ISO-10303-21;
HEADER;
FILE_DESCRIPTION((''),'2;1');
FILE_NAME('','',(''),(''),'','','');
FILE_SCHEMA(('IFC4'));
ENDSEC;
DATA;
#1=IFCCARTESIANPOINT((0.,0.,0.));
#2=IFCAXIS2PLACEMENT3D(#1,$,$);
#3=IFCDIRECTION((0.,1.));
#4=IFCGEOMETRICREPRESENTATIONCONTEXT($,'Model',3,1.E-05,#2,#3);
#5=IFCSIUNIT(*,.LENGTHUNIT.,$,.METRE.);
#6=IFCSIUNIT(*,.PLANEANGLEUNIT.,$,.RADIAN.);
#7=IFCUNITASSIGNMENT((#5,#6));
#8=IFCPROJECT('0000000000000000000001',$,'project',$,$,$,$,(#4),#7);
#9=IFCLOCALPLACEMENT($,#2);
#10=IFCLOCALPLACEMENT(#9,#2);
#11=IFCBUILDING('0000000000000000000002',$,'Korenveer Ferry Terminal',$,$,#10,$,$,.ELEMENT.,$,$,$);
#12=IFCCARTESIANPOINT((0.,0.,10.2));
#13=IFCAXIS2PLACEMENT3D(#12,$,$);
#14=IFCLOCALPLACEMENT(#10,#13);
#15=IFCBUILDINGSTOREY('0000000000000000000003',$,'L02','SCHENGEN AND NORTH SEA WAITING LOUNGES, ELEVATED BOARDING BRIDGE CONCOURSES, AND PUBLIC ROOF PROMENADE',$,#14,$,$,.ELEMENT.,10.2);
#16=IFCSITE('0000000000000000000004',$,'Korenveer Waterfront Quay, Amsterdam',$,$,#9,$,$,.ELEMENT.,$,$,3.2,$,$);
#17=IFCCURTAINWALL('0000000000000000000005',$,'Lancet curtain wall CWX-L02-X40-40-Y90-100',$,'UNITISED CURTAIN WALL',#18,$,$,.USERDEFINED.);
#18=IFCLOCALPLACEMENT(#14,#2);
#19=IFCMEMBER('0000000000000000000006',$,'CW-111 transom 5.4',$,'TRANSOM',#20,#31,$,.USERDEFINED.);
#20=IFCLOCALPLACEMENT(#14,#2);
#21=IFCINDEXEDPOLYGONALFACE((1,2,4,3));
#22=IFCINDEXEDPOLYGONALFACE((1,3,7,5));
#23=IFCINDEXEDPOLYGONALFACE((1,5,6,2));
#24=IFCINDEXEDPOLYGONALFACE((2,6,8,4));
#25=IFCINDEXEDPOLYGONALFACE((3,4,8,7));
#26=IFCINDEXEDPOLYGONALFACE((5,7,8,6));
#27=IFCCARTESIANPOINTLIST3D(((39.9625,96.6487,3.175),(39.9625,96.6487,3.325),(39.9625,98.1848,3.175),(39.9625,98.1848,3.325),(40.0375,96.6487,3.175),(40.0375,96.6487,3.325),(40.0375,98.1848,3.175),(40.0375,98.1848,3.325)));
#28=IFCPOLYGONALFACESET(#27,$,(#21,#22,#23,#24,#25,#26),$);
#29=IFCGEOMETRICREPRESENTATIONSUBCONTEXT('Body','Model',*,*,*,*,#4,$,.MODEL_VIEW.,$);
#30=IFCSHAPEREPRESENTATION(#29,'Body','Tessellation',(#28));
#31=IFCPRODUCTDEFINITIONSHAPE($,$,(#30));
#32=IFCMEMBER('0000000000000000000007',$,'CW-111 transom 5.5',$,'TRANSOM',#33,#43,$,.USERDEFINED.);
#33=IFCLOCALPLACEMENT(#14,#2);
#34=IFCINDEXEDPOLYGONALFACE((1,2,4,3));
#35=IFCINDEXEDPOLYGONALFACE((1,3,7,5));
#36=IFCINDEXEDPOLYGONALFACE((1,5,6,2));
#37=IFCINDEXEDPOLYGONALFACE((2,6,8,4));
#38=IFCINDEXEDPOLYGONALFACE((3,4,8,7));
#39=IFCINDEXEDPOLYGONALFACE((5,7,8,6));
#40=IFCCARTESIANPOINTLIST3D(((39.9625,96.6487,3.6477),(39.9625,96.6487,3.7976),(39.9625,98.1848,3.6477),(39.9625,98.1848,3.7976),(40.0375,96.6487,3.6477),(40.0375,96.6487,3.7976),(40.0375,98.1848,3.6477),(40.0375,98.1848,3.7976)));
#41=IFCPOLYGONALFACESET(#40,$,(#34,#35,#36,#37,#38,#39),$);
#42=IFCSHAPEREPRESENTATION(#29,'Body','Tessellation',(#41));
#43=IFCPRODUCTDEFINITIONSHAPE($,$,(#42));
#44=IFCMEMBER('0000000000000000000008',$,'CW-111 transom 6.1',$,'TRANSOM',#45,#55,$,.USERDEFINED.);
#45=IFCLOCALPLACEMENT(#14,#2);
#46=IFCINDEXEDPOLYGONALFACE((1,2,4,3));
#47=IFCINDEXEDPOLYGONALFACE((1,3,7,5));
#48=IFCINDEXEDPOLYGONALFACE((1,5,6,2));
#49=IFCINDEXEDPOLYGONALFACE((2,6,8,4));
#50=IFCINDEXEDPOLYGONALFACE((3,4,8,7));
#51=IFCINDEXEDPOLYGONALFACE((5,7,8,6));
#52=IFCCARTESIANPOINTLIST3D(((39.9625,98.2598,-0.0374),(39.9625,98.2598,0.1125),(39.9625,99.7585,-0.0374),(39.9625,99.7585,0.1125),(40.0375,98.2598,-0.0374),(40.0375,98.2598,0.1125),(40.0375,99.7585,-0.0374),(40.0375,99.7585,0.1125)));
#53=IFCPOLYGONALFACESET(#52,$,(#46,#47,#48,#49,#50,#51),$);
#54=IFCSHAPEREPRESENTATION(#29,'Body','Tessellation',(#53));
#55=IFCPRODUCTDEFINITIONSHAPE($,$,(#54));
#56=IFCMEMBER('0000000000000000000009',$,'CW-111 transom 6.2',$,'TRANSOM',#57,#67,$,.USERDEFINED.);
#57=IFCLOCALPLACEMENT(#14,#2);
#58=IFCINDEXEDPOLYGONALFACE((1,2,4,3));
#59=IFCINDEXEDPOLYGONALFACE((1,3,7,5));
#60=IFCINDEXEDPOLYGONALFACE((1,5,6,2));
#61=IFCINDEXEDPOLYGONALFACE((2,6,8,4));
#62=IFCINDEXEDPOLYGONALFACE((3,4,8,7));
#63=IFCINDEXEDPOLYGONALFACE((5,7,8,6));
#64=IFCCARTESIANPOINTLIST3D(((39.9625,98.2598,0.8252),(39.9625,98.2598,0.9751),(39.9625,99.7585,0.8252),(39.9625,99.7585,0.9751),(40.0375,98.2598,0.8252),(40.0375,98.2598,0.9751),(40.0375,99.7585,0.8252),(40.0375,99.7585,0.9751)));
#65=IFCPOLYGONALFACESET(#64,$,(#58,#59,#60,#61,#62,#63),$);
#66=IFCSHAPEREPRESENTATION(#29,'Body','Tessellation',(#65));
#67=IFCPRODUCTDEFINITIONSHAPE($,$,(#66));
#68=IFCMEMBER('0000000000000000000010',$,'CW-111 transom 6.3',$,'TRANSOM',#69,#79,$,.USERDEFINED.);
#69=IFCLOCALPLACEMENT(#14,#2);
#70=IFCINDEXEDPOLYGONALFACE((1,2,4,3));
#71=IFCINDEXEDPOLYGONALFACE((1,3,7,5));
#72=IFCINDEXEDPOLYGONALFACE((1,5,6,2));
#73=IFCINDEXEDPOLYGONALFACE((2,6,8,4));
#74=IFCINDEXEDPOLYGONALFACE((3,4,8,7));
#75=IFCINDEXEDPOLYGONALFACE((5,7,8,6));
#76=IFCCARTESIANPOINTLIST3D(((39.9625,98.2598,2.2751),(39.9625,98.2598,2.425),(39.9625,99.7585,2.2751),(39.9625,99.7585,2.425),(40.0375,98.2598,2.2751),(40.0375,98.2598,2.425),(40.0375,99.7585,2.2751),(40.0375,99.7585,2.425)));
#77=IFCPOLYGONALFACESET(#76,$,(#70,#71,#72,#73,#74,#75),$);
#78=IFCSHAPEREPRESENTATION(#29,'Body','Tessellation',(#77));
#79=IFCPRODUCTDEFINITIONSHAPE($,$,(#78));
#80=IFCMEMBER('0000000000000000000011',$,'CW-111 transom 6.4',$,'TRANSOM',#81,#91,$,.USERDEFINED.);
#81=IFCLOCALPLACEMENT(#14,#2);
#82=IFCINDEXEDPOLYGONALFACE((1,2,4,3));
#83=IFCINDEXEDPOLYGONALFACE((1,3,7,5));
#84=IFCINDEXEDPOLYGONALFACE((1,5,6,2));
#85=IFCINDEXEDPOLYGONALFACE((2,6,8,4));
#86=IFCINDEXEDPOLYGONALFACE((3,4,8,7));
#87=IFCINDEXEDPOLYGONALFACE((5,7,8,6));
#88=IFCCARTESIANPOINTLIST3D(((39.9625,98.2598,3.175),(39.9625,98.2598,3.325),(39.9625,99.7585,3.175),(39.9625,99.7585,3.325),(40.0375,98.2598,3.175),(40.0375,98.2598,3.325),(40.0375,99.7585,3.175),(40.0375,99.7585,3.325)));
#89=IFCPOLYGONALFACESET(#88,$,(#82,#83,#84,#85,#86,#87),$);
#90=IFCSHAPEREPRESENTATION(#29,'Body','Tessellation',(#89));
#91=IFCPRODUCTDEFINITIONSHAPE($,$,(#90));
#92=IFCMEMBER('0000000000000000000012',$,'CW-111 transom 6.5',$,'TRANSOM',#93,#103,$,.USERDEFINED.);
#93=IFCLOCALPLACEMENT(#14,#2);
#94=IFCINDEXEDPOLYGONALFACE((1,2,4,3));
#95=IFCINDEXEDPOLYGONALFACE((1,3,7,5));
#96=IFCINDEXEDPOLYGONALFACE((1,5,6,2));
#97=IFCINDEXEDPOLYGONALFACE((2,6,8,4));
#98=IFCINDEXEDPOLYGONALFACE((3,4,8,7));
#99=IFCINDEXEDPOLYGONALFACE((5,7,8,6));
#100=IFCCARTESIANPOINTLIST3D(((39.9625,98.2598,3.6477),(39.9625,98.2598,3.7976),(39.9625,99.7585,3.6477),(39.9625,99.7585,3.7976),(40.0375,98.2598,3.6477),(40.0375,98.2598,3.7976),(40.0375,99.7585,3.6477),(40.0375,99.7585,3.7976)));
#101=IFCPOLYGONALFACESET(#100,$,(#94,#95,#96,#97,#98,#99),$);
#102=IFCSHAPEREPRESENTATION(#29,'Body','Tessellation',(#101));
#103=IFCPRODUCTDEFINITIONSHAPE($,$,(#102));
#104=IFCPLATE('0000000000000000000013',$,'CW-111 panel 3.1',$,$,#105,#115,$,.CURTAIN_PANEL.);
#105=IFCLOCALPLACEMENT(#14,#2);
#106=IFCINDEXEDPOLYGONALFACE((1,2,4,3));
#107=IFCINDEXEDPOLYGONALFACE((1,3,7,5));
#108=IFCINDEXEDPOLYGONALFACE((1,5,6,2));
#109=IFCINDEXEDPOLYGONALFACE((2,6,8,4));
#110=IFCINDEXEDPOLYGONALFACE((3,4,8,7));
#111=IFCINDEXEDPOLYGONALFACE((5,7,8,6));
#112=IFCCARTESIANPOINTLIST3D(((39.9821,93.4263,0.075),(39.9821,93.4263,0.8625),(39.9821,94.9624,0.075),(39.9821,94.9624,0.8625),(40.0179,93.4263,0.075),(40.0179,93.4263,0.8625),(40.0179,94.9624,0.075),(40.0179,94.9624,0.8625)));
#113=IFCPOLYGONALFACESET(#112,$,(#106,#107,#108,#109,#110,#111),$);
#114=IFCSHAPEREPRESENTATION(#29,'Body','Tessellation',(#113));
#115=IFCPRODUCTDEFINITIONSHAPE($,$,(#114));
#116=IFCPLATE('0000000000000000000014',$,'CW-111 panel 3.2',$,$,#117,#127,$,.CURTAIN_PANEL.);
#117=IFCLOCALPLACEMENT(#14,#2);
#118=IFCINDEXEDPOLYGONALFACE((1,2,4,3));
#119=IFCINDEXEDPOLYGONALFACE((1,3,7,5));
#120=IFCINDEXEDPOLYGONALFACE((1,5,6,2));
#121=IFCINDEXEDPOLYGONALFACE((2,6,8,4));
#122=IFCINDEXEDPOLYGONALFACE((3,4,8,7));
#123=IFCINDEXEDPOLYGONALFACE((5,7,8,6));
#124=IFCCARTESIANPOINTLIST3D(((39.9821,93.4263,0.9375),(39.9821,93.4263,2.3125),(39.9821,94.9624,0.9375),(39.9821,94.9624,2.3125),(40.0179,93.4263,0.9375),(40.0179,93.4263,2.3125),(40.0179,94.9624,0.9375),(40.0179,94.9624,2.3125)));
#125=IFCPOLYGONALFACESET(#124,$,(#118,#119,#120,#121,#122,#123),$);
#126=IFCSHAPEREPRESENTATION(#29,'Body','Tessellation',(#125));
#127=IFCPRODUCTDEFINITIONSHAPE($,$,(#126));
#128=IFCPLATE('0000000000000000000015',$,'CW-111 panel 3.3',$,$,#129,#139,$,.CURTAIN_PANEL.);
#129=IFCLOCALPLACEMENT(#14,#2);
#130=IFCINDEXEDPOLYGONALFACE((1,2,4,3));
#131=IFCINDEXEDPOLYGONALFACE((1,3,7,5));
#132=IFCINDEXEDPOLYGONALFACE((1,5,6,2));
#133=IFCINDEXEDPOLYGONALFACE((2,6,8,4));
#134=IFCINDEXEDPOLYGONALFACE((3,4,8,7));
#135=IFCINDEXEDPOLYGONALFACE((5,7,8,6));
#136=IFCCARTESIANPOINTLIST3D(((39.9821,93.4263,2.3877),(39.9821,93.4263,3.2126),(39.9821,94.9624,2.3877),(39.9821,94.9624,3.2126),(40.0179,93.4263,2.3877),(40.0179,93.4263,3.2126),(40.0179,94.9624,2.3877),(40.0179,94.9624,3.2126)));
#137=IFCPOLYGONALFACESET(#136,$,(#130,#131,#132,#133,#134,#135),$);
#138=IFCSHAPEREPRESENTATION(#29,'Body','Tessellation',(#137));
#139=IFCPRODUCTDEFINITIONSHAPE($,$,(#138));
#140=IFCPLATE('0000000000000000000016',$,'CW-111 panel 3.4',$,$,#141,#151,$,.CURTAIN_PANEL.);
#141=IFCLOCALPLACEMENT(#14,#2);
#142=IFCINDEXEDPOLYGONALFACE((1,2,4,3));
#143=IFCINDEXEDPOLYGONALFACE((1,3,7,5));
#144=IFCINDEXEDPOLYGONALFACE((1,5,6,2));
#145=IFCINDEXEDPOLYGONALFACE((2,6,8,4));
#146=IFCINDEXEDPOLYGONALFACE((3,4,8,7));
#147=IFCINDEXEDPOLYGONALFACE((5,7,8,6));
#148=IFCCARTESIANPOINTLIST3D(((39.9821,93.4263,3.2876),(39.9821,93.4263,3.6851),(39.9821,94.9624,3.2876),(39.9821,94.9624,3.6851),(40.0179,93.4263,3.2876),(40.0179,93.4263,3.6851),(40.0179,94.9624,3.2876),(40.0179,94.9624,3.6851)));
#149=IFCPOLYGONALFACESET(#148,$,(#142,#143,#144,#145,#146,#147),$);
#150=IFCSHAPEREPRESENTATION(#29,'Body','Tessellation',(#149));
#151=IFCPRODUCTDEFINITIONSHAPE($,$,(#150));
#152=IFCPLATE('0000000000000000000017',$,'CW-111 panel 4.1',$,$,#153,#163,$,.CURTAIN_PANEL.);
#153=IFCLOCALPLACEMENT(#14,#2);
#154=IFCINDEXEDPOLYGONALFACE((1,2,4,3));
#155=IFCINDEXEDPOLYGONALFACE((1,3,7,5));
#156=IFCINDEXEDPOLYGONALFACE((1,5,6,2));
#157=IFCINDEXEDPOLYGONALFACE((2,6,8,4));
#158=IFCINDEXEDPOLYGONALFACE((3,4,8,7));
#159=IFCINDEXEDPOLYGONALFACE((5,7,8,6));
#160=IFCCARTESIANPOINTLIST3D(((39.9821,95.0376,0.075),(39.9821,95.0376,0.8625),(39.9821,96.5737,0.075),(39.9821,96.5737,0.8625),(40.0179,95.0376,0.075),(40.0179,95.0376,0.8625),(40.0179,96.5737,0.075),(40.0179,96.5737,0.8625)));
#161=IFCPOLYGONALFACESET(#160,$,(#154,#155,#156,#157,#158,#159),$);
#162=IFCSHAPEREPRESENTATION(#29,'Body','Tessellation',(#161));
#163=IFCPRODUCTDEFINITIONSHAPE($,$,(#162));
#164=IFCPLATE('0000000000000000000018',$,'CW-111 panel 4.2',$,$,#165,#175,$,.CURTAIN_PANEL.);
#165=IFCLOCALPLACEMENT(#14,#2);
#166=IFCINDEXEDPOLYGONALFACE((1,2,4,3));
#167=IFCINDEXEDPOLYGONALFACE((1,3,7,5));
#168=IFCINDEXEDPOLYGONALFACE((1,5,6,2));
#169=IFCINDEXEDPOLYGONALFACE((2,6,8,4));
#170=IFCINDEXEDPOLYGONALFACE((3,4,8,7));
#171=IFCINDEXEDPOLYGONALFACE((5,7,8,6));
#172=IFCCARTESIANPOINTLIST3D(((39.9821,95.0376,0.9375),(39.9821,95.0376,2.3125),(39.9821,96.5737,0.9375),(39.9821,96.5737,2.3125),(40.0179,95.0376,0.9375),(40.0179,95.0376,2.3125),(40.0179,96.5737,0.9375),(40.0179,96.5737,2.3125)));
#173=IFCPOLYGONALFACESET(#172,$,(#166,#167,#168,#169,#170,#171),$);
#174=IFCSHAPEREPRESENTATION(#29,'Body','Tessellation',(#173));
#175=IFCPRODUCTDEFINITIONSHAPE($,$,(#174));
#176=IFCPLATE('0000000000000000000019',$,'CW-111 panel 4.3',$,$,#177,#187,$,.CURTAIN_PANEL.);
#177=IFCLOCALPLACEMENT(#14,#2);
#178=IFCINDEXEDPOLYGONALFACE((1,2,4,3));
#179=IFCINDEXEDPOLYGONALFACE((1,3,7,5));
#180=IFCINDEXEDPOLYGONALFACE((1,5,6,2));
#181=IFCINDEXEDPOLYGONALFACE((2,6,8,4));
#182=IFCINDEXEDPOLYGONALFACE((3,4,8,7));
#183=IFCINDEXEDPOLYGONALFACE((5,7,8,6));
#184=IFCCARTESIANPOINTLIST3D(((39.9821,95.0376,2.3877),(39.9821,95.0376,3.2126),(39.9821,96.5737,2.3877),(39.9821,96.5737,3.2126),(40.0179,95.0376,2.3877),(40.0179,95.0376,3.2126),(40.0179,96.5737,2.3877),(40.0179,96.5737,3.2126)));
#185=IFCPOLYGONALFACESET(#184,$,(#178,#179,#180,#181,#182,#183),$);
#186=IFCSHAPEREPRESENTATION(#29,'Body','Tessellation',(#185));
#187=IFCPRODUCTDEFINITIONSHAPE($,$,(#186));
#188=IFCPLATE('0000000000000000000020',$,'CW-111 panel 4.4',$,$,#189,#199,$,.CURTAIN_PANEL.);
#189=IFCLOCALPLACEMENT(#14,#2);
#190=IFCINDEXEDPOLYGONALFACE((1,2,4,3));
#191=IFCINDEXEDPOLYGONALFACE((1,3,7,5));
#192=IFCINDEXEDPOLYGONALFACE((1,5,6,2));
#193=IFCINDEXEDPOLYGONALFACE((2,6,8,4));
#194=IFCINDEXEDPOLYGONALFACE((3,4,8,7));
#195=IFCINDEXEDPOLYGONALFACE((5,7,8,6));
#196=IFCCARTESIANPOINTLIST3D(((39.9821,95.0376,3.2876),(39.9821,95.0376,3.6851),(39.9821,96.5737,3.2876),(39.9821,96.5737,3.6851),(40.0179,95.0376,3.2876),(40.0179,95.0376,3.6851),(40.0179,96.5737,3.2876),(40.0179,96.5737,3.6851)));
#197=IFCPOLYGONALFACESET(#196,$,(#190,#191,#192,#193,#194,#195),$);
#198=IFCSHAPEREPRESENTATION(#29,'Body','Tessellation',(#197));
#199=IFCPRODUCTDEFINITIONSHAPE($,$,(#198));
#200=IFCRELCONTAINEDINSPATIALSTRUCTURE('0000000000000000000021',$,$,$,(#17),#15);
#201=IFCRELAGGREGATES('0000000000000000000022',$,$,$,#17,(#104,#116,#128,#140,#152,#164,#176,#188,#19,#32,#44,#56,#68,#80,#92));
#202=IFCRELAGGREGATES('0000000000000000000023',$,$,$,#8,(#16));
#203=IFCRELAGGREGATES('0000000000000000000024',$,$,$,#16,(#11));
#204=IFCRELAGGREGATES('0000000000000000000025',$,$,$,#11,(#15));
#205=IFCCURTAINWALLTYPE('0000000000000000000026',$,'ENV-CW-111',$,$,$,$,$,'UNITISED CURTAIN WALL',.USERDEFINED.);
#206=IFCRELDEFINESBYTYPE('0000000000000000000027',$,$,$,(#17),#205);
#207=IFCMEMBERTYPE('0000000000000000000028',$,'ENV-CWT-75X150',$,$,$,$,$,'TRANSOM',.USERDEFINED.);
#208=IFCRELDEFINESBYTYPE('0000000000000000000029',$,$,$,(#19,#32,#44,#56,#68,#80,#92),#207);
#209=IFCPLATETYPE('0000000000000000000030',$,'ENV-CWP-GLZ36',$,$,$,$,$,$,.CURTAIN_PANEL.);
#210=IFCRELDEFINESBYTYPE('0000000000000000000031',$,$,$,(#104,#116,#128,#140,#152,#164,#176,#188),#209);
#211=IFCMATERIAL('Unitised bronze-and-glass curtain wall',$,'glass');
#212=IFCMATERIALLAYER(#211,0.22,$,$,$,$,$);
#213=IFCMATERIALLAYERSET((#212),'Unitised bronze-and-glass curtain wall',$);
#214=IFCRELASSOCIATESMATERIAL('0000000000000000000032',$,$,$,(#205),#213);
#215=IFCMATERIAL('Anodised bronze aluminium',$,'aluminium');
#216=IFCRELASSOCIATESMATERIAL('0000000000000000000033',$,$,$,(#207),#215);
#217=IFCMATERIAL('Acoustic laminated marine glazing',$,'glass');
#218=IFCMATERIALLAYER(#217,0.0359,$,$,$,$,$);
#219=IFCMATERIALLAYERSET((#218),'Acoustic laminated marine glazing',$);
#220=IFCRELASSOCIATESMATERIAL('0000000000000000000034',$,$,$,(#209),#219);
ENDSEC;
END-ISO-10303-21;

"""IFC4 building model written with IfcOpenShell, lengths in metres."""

from ifc_helpers import new_model, si_unit, direction, frame, origin, origin_2d, place, context, subcontext, project, spatial, rectangle, extrude, material, layer, layer_set, material_profile, profile_set, type_object, element, aggregate, save


model = new_model("IFC4")

# Units and contexts
model_context = context("Model", 3, precision=1e-05, world=origin(), true_north=direction((0.0, 1.0)))
body_context = subcontext(model_context, "Body", "Model", "MODEL_VIEW")
ifc_project = project(units=[si_unit("LENGTHUNIT", "METRE"), si_unit("PLANEANGLEUNIT", "RADIAN")], contexts=[model_context])

# Site, building, storey
site_placement = place(None, origin())
site = spatial("IfcSite", under=ifc_project, at=site_placement, Name="Korenveer Waterfront Quay, Amsterdam", CompositionType="ELEMENT", RefElevation=3.2)
building_placement = place(site_placement, origin())
building = spatial("IfcBuilding", under=site, at=building_placement, Name="Korenveer Ferry Terminal", CompositionType="ELEMENT")
storey_placement = place(building_placement, frame((0.0, 0.0, 10.2)))
storey = spatial("IfcBuildingStorey", under=building, at=storey_placement, Name="L02", Description="SCHENGEN AND NORTH SEA WAITING LOUNGES, ELEVATED BOARDING BRIDGE CONCOURSES, AND PUBLIC ROOF PROMENADE", CompositionType="ELEMENT", Elevation=10.2)

# Curtain wall, members, plates
ifc_material_1 = material(Name="Unitised bronze-and-glass curtain wall", Category="glass")
ifc_layer_1 = layer(ifc_material_1, 0.22)
ifc_layer_set_1 = layer_set([ifc_layer_1], Name="Unitised bronze-and-glass curtain wall")
curtain_wall_type = type_object("IfcCurtainWallType", Name="ENV-CW-111", ElementType="UNITISED CURTAIN WALL", PredefinedType="USERDEFINED", material=ifc_layer_set_1)
curtain_wall_placement = place(storey_placement, frame((40.0, 90.1665, 0.0)))
curtain_wall = element("IfcCurtainWall", 1, at=curtain_wall_placement, inside=storey, type_object=curtain_wall_type, Name="Lancet curtain wall CWX-L02-X40-40-Y90-100", ObjectType="UNITISED CURTAIN WALL", PredefinedType="USERDEFINED")
ifc_material_2 = material(Name="Anodised bronze aluminium", Category="aluminium")
ifc_material_profile_1 = material_profile(ifc_material_2, rectangle(XDim=0.075, YDim=0.1499, at=origin_2d()), Name="ALU 75x150")
ifc_profile_set_1 = profile_set([ifc_material_profile_1], Name="Anodised bronze aluminium")
member_type_1 = type_object("IfcMemberType", Name="ENV-CWT-75X150", ElementType="TRANSOM", PredefinedType="USERDEFINED", material=ifc_profile_set_1)
member_1_placement = place(storey_placement, frame((40.0, 96.6487, 3.25), z_axis=(0.0, 1.0, 0.0), x_axis=(-1.0, 0.0, 0.0)))
member_1 = element("IfcMember", 2, at=member_1_placement, type_object=member_type_1, Name="CW-111 transom 5.4", ObjectType="TRANSOM", PredefinedType="USERDEFINED", context=body_context, shape_type="SweptSolid", body=[
    extrude(rectangle(XDim=0.075, YDim=0.1499, at=origin_2d()), origin(), (0.0, 0.0, 1.0), 1.5361),
])
member_2_placement = place(storey_placement, frame((40.0, 96.6487, 3.7227), z_axis=(0.0, 1.0, 0.0), x_axis=(-1.0, 0.0, 0.0)))
member_2 = element("IfcMember", 3, at=member_2_placement, type_object=member_type_1, Name="CW-111 transom 5.5", ObjectType="TRANSOM", PredefinedType="USERDEFINED", context=body_context, shape_type="SweptSolid", body=[
    extrude(rectangle(XDim=0.075, YDim=0.1499, at=origin_2d()), origin(), (0.0, 0.0, 1.0), 1.5361),
])
member_3_placement = place(storey_placement, frame((40.0, 98.2598, 0.0376), z_axis=(0.0, 1.0, 0.0), x_axis=(-1.0, 0.0, 0.0)))
member_3 = element("IfcMember", 4, at=member_3_placement, type_object=member_type_1, Name="CW-111 transom 6.1", ObjectType="TRANSOM", PredefinedType="USERDEFINED", context=body_context, shape_type="SweptSolid", body=[
    extrude(rectangle(XDim=0.075, YDim=0.1499, at=origin_2d()), origin(), (0.0, 0.0, 1.0), 1.4988),
])
member_4_placement = place(storey_placement, frame((40.0, 98.2598, 0.9001), z_axis=(0.0, 1.0, 0.0), x_axis=(-1.0, 0.0, 0.0)))
member_4 = element("IfcMember", 5, at=member_4_placement, type_object=member_type_1, Name="CW-111 transom 6.2", ObjectType="TRANSOM", PredefinedType="USERDEFINED", context=body_context, shape_type="SweptSolid", body=[
    extrude(rectangle(XDim=0.075, YDim=0.1499, at=origin_2d()), origin(), (0.0, 0.0, 1.0), 1.4988),
])
member_5_placement = place(storey_placement, frame((40.0, 98.2598, 2.3501), z_axis=(0.0, 1.0, 0.0), x_axis=(-1.0, 0.0, 0.0)))
member_5 = element("IfcMember", 6, at=member_5_placement, type_object=member_type_1, Name="CW-111 transom 6.3", ObjectType="TRANSOM", PredefinedType="USERDEFINED", context=body_context, shape_type="SweptSolid", body=[
    extrude(rectangle(XDim=0.075, YDim=0.1499, at=origin_2d()), origin(), (0.0, 0.0, 1.0), 1.4988),
])
member_6_placement = place(storey_placement, frame((40.0, 98.2598, 3.25), z_axis=(0.0, 1.0, 0.0), x_axis=(-1.0, 0.0, 0.0)))
member_6 = element("IfcMember", 7, at=member_6_placement, type_object=member_type_1, Name="CW-111 transom 6.4", ObjectType="TRANSOM", PredefinedType="USERDEFINED", context=body_context, shape_type="SweptSolid", body=[
    extrude(rectangle(XDim=0.075, YDim=0.1499, at=origin_2d()), origin(), (0.0, 0.0, 1.0), 1.4988),
])
member_7_placement = place(storey_placement, frame((40.0, 98.2598, 3.7227), z_axis=(0.0, 1.0, 0.0), x_axis=(-1.0, 0.0, 0.0)))
member_7 = element("IfcMember", 8, at=member_7_placement, type_object=member_type_1, Name="CW-111 transom 6.5", ObjectType="TRANSOM", PredefinedType="USERDEFINED", context=body_context, shape_type="SweptSolid", body=[
    extrude(rectangle(XDim=0.075, YDim=0.1499, at=origin_2d()), origin(), (0.0, 0.0, 1.0), 1.4988),
])
ifc_material_3 = material(Name="Acoustic laminated marine glazing", Category="glass")
ifc_layer_2 = layer(ifc_material_3, 0.0359)
ifc_layer_set_2 = layer_set([ifc_layer_2], Name="Acoustic laminated marine glazing")
plate_type = type_object("IfcPlateType", Name="ENV-CWP-GLZ36", PredefinedType="CURTAIN_PANEL", material=ifc_layer_set_2)
plate_1_placement = place(storey_placement, frame((40.0, 94.1943, 0.075), z_axis=(0.0, 0.0, 1.0), x_axis=(0.0, 1.0, 0.0)))
plate_1 = element("IfcPlate", 9, at=plate_1_placement, type_object=plate_type, Name="CW-111 panel 3.1", PredefinedType="CURTAIN_PANEL", context=body_context, shape_type="SweptSolid", body=[
    extrude(rectangle(XDim=1.5361, YDim=0.0359, at=origin_2d()), origin(), (0.0, 0.0, 1.0), 0.7876),
])
plate_2_placement = place(storey_placement, frame((40.0, 94.1943, 0.9375), z_axis=(0.0, 0.0, 1.0), x_axis=(0.0, 1.0, 0.0)))
plate_2 = element("IfcPlate", 10, at=plate_2_placement, type_object=plate_type, Name="CW-111 panel 3.2", PredefinedType="CURTAIN_PANEL", context=body_context, shape_type="SweptSolid", body=[
    extrude(rectangle(XDim=1.5361, YDim=0.0359, at=origin_2d()), origin(), (0.0, 0.0, 1.0), 1.375),
])
plate_3_placement = place(storey_placement, frame((40.0, 94.1943, 2.3877), z_axis=(0.0, 0.0, 1.0), x_axis=(0.0, 1.0, 0.0)))
plate_3 = element("IfcPlate", 11, at=plate_3_placement, type_object=plate_type, Name="CW-111 panel 3.3", PredefinedType="CURTAIN_PANEL", context=body_context, shape_type="SweptSolid", body=[
    extrude(rectangle(XDim=1.5361, YDim=0.0359, at=origin_2d()), origin(), (0.0, 0.0, 1.0), 0.825),
])
plate_4_placement = place(storey_placement, frame((40.0, 94.1943, 3.2876), z_axis=(0.0, 0.0, 1.0), x_axis=(0.0, 1.0, 0.0)))
plate_4 = element("IfcPlate", 12, at=plate_4_placement, type_object=plate_type, Name="CW-111 panel 3.4", PredefinedType="CURTAIN_PANEL", context=body_context, shape_type="SweptSolid", body=[
    extrude(rectangle(XDim=1.5361, YDim=0.0359, at=origin_2d()), origin(), (0.0, 0.0, 1.0), 0.3975),
])
plate_5_placement = place(storey_placement, frame((40.0, 95.8057, 0.075), z_axis=(0.0, 0.0, 1.0), x_axis=(0.0, 1.0, 0.0)))
plate_5 = element("IfcPlate", 13, at=plate_5_placement, type_object=plate_type, Name="CW-111 panel 4.1", PredefinedType="CURTAIN_PANEL", context=body_context, shape_type="SweptSolid", body=[
    extrude(rectangle(XDim=1.5361, YDim=0.0359, at=origin_2d()), origin(), (0.0, 0.0, 1.0), 0.7876),
])
plate_6_placement = place(storey_placement, frame((40.0, 95.8057, 0.9375), z_axis=(0.0, 0.0, 1.0), x_axis=(0.0, 1.0, 0.0)))
plate_6 = element("IfcPlate", 14, at=plate_6_placement, type_object=plate_type, Name="CW-111 panel 4.2", PredefinedType="CURTAIN_PANEL", context=body_context, shape_type="SweptSolid", body=[
    extrude(rectangle(XDim=1.5361, YDim=0.0359, at=origin_2d()), origin(), (0.0, 0.0, 1.0), 1.375),
])
plate_7_placement = place(storey_placement, frame((40.0, 95.8057, 2.3877), z_axis=(0.0, 0.0, 1.0), x_axis=(0.0, 1.0, 0.0)))
plate_7 = element("IfcPlate", 15, at=plate_7_placement, type_object=plate_type, Name="CW-111 panel 4.3", PredefinedType="CURTAIN_PANEL", context=body_context, shape_type="SweptSolid", body=[
    extrude(rectangle(XDim=1.5361, YDim=0.0359, at=origin_2d()), origin(), (0.0, 0.0, 1.0), 0.825),
])
plate_8_placement = place(storey_placement, frame((40.0, 95.8057, 3.2876), z_axis=(0.0, 0.0, 1.0), x_axis=(0.0, 1.0, 0.0)))
plate_8 = element("IfcPlate", 16, at=plate_8_placement, type_object=plate_type, Name="CW-111 panel 4.4", PredefinedType="CURTAIN_PANEL", context=body_context, shape_type="SweptSolid", body=[
    extrude(rectangle(XDim=1.5361, YDim=0.0359, at=origin_2d()), origin(), (0.0, 0.0, 1.0), 0.3975),
])
aggregate(curtain_wall, [plate_1, plate_2, plate_3, plate_4, plate_5, plate_6, plate_7, plate_8, member_1, member_2, member_3, member_4, member_5, member_6, member_7])

save(model, "model.ifc")
